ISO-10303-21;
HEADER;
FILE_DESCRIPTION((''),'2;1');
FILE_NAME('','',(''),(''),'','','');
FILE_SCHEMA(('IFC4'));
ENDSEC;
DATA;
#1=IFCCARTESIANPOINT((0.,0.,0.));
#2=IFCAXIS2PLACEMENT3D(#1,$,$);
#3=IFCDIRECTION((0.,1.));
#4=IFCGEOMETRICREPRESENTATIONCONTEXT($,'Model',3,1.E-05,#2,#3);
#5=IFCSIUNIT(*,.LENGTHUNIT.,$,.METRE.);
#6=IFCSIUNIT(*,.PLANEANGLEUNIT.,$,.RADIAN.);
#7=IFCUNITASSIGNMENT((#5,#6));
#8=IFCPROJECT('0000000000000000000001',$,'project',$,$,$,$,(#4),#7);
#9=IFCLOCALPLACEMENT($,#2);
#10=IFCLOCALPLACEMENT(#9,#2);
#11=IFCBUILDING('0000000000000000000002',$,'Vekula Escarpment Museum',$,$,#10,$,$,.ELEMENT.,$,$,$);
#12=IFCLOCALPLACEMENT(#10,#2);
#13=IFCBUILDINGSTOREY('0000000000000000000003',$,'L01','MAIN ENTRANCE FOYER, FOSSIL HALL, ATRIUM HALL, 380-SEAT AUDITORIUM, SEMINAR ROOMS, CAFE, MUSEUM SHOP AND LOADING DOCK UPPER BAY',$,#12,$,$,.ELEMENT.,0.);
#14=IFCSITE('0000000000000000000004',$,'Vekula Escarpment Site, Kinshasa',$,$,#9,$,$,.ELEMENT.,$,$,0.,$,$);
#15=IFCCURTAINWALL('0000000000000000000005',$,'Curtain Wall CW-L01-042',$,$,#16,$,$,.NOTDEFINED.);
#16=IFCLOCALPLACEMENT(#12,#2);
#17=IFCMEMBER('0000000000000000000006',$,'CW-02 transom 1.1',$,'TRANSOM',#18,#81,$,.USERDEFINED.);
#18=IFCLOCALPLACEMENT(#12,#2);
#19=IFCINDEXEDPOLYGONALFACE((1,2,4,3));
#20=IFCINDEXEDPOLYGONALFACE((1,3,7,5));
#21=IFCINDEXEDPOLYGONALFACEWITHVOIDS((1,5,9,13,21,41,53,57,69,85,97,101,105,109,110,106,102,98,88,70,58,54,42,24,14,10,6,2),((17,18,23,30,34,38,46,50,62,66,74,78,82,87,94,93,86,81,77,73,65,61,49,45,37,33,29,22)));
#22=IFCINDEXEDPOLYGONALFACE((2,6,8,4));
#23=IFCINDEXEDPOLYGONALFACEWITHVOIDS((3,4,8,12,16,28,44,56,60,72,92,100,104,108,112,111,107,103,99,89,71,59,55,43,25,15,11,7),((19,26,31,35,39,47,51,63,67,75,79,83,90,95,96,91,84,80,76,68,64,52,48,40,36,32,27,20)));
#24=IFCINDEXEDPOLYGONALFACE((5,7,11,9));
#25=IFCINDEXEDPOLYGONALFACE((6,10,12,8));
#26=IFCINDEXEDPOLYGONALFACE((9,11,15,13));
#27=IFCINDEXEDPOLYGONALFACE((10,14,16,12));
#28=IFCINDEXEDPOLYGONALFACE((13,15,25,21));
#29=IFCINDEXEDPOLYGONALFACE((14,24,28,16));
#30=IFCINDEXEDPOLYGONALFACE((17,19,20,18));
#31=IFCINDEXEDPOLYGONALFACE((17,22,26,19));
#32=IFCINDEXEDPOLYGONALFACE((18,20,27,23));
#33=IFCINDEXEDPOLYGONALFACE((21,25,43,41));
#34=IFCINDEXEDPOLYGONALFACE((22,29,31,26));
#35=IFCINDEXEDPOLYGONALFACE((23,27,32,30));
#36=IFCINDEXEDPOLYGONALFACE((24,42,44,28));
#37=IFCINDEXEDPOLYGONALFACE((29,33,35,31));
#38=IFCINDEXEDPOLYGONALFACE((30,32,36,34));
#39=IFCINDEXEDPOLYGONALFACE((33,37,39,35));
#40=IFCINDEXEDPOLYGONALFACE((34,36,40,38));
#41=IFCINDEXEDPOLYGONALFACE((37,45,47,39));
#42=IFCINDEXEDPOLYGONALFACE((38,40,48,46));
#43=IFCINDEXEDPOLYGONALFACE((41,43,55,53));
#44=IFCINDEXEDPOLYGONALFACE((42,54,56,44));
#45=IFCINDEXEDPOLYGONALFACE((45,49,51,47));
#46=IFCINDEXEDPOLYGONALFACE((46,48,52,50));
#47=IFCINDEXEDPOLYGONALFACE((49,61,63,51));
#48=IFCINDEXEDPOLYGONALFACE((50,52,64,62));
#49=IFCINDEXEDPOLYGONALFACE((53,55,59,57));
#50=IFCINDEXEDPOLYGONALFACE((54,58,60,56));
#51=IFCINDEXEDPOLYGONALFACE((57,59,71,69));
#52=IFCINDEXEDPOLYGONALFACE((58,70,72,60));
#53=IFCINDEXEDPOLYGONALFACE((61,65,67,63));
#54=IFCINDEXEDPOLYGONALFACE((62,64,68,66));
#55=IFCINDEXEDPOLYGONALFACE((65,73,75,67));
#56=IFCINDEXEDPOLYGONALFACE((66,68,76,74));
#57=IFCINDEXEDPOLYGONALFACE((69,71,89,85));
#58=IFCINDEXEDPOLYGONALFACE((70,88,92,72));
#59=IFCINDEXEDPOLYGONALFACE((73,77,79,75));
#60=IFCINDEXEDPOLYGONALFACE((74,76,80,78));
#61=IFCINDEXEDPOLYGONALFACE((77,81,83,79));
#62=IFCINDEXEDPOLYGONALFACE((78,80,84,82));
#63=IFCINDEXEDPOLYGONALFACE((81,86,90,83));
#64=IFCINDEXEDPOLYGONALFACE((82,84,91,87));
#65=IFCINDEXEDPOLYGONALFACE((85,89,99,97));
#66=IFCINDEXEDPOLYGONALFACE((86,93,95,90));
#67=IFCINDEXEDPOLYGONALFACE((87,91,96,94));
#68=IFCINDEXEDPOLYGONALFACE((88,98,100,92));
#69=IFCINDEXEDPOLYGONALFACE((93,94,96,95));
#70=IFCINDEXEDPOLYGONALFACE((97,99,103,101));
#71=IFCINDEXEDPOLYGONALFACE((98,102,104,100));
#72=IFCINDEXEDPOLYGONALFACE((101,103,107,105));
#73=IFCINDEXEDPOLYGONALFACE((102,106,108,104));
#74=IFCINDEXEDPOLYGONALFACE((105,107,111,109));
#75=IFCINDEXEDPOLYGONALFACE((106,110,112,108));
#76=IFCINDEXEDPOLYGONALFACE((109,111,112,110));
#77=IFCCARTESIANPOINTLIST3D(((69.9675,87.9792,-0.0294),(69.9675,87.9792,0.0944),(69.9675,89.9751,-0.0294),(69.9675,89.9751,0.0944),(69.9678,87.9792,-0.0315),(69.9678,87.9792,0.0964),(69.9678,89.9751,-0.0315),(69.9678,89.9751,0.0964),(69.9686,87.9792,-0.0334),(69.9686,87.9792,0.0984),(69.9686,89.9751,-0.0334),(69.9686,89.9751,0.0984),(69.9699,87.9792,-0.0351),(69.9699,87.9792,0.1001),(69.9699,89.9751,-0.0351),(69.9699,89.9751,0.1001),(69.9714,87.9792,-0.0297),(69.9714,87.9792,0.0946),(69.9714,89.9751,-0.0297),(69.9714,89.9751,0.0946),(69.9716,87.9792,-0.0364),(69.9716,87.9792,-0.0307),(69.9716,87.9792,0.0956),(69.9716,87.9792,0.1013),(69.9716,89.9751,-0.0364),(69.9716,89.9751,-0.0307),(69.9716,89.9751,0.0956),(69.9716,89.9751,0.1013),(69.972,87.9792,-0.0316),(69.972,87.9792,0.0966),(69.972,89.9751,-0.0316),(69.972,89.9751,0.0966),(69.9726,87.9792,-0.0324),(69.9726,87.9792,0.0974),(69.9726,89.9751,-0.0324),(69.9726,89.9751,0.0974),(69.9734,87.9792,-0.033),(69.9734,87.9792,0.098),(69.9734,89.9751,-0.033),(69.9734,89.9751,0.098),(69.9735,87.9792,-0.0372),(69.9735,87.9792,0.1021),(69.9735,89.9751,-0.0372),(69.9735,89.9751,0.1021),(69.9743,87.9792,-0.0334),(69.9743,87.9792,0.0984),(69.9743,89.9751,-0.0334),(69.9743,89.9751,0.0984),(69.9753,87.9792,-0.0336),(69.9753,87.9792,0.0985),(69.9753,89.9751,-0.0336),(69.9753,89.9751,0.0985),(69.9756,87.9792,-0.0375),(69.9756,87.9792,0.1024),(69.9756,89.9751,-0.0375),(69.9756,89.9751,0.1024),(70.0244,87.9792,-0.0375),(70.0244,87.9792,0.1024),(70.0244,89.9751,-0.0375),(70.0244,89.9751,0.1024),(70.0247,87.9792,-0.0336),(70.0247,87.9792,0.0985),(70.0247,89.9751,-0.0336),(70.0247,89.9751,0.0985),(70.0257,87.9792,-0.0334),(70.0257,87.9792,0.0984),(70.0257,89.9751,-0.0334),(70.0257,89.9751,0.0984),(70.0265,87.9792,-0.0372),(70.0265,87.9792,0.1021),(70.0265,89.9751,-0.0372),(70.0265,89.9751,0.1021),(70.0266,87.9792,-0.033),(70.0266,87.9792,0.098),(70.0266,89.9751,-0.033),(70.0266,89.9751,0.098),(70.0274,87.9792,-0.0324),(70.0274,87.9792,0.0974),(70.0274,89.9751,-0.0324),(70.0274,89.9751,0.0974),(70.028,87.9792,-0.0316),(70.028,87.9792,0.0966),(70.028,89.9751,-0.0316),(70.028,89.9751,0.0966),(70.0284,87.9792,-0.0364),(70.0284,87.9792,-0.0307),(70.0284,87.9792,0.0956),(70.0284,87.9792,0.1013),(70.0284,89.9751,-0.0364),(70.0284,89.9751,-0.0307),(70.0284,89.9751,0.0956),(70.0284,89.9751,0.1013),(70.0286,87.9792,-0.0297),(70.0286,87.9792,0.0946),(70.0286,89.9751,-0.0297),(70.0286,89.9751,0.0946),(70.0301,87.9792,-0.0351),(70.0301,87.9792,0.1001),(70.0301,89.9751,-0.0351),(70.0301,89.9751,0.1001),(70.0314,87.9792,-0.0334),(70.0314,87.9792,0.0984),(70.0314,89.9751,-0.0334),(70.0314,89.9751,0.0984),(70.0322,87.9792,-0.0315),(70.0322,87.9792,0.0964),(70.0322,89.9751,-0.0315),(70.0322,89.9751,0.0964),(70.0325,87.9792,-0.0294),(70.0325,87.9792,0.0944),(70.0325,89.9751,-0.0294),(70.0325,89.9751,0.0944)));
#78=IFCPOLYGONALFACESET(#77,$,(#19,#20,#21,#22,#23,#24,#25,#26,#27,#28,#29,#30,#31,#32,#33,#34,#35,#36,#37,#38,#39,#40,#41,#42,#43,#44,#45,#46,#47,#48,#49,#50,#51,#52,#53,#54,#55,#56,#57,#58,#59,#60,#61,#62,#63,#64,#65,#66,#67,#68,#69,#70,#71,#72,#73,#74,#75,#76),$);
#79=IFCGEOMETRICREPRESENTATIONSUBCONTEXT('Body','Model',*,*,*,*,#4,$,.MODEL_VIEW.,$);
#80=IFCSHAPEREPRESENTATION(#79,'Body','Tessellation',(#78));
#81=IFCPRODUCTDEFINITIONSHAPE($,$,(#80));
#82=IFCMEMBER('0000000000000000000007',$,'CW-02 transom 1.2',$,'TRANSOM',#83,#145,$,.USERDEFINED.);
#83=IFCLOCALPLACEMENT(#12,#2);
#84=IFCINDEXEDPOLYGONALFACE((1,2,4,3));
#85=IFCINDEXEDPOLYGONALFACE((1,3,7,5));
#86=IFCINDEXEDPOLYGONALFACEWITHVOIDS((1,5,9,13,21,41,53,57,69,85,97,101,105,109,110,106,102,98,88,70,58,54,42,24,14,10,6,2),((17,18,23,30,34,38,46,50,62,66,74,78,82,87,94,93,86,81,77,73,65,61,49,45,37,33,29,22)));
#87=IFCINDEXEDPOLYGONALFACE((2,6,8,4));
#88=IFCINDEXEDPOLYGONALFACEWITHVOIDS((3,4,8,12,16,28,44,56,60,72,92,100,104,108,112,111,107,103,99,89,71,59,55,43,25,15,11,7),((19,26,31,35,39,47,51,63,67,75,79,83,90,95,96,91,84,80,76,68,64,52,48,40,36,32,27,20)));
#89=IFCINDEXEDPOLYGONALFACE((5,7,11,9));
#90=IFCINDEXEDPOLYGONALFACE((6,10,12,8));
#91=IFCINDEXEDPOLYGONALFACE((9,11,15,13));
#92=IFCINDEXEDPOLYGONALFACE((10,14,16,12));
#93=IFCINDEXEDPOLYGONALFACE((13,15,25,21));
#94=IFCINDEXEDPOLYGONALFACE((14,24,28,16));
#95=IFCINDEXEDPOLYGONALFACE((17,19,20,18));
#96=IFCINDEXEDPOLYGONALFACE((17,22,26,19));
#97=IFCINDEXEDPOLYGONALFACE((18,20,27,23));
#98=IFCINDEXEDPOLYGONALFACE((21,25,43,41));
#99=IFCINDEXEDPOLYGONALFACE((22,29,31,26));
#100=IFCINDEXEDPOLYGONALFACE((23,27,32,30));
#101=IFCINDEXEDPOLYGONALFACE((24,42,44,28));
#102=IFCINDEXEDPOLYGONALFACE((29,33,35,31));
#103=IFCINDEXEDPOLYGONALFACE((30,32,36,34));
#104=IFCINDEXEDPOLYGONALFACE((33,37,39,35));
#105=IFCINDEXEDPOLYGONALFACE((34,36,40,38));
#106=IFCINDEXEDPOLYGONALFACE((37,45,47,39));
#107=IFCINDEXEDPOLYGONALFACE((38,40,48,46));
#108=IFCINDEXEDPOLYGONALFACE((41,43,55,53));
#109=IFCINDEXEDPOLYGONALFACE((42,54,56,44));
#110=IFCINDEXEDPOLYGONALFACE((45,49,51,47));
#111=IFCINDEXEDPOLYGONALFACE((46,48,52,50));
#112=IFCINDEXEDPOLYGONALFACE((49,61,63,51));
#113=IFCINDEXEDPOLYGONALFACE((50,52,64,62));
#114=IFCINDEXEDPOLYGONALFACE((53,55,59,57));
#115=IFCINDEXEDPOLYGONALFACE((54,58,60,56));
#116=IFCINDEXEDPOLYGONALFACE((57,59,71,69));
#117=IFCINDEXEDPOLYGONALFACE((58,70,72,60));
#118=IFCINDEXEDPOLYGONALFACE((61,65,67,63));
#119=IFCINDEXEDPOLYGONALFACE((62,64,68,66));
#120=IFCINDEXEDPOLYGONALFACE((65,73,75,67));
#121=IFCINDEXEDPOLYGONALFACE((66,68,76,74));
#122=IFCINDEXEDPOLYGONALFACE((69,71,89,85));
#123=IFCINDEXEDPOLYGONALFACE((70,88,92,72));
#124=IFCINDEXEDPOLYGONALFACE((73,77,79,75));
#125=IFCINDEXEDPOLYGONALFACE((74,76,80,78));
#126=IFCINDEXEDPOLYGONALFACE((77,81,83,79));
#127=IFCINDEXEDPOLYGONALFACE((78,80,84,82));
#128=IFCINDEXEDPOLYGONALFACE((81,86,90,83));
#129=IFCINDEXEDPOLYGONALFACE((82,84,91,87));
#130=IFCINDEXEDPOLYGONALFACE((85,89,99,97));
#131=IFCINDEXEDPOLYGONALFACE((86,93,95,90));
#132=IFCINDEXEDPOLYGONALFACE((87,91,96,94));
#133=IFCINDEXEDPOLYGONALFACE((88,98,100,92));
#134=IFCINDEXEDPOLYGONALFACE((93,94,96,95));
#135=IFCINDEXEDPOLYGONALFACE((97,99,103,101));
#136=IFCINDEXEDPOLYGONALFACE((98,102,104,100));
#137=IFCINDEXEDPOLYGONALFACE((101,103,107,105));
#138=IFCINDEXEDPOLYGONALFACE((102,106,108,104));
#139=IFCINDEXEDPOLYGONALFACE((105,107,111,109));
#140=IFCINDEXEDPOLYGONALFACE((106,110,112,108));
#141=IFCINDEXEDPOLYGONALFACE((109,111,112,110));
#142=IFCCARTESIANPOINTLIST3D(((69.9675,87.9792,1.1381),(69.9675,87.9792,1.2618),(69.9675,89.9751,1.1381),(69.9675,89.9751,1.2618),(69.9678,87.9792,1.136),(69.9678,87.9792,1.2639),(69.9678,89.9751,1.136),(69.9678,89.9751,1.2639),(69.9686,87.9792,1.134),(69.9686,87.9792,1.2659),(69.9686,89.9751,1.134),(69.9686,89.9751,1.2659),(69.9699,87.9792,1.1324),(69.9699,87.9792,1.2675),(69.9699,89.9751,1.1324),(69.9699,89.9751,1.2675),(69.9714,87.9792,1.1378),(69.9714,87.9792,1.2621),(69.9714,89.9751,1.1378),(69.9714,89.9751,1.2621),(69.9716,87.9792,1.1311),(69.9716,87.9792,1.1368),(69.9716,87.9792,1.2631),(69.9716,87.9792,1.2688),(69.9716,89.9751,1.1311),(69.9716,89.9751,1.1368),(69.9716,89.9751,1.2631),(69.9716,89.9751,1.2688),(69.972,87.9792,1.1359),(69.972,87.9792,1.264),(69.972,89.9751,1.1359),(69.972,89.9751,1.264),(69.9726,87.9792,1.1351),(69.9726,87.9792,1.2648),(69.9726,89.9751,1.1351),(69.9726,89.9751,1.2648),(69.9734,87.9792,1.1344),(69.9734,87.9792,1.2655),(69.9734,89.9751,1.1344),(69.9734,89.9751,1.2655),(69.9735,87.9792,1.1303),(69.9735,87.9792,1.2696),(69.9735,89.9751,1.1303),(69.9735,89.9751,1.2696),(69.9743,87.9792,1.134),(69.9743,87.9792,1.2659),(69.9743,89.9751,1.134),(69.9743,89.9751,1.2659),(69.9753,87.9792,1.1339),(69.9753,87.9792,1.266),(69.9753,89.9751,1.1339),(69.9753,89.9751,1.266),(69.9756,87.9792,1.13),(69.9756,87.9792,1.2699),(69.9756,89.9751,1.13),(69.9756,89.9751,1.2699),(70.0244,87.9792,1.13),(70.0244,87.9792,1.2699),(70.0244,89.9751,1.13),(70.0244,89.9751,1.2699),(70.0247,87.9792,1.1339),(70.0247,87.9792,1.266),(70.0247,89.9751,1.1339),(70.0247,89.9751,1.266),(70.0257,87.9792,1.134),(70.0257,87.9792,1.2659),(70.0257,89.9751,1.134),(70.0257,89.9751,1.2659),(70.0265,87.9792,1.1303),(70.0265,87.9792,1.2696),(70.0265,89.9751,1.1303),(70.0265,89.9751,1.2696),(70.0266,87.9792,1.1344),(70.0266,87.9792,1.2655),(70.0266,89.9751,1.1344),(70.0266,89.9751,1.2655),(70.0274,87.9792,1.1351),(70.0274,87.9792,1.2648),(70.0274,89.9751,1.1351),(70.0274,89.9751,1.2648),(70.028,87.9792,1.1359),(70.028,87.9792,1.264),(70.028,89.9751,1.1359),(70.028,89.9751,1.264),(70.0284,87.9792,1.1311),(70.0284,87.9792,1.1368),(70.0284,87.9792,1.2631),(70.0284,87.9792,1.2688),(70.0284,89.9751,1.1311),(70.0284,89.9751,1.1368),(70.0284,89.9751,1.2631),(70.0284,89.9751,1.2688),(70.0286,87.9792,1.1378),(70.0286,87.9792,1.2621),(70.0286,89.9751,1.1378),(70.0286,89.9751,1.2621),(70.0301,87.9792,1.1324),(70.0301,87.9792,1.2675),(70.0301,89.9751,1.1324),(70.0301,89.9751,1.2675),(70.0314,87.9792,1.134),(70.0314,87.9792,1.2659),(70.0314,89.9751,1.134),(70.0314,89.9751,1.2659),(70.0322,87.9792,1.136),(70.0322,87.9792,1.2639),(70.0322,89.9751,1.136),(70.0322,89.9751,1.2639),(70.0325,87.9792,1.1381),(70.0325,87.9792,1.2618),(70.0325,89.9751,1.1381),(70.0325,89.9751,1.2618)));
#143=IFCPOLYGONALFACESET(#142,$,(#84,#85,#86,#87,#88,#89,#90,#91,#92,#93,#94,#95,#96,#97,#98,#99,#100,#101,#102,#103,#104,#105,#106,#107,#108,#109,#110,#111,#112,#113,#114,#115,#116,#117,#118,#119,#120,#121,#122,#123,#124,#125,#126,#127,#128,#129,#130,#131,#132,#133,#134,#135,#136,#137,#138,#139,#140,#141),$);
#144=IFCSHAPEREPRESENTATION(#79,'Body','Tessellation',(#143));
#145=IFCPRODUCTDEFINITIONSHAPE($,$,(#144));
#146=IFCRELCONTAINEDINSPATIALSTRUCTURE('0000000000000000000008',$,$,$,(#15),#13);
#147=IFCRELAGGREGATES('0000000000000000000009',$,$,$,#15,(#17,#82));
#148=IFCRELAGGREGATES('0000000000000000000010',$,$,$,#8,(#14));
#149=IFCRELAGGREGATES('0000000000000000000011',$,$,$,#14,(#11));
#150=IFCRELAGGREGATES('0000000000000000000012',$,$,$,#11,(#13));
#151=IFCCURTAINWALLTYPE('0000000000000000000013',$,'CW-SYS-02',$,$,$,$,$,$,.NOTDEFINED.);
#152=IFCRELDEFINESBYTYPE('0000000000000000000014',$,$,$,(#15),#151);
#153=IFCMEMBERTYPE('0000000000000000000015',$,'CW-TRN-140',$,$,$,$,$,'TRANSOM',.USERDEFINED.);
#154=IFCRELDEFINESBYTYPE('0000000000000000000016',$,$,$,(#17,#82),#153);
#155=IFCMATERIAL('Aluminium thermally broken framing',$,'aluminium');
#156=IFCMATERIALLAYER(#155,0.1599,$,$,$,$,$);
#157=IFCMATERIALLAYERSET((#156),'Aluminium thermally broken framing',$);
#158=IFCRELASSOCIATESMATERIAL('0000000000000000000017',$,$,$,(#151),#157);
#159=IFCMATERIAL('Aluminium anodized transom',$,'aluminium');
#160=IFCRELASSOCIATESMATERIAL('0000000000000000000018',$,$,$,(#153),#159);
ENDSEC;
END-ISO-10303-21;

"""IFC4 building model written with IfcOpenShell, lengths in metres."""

from ifc_helpers import new_model, si_unit, direction, frame, origin, origin_2d, place, context, subcontext, project, spatial, hollow_rectangle, extrude, material, layer, layer_set, material_profile, profile_set, type_object, element, aggregate, save


model = new_model("IFC4")

# Units and contexts
model_context = context("Model", 3, precision=1e-05, world=origin(), true_north=direction((0.0, 1.0)))
body_context = subcontext(model_context, "Body", "Model", "MODEL_VIEW")
ifc_project = project(units=[si_unit("LENGTHUNIT", "METRE"), si_unit("PLANEANGLEUNIT", "RADIAN")], contexts=[model_context])

# Site, building, storey
site_placement = place(None, origin())
site = spatial("IfcSite", under=ifc_project, at=site_placement, Name="Vekula Escarpment Site, Kinshasa", CompositionType="ELEMENT", RefElevation=0.0)
building_placement = place(site_placement, origin())
building = spatial("IfcBuilding", under=site, at=building_placement, Name="Vekula Escarpment Museum", CompositionType="ELEMENT")
storey_placement = place(building_placement, origin())
storey = spatial("IfcBuildingStorey", under=building, at=storey_placement, Name="L01", Description="MAIN ENTRANCE FOYER, FOSSIL HALL, ATRIUM HALL, 380-SEAT AUDITORIUM, SEMINAR ROOMS, CAFE, MUSEUM SHOP AND LOADING DOCK UPPER BAY", CompositionType="ELEMENT", Elevation=0.0)

# Curtain wall, members
ifc_material_1 = material(Name="Aluminium thermally broken framing", Category="aluminium")
ifc_layer_1 = layer(ifc_material_1, 0.1599)
ifc_layer_set_1 = layer_set([ifc_layer_1], Name="Aluminium thermally broken framing")
curtain_wall_type = type_object("IfcCurtainWallType", Name="CW-SYS-02", PredefinedType="NOTDEFINED", material=ifc_layer_set_1)
curtain_wall_placement = place(storey_placement, origin())
curtain_wall = element("IfcCurtainWall", 1, at=curtain_wall_placement, inside=storey, type_object=curtain_wall_type, Name="Curtain Wall CW-L01-042", PredefinedType="NOTDEFINED")
ifc_material_2 = material(Name="Aluminium anodized transom", Category="aluminium")
ifc_material_profile_1 = material_profile(ifc_material_2, hollow_rectangle(XDim=0.0649, YDim=0.1399, WallThickness=0.0039, InnerFilletRadius=0.0039, OuterFilletRadius=0.0081, at=origin_2d()), Name="ALU 140x65x4")
ifc_profile_set_1 = profile_set([ifc_material_profile_1], Name="Aluminium anodized transom")
member_type_1 = type_object("IfcMemberType", Name="CW-TRN-140", ElementType="TRANSOM", PredefinedType="USERDEFINED", material=ifc_profile_set_1)
member_1_placement = place(storey_placement, frame((70.0, 89.9751, 0.0325), z_axis=(0.0, -1.0, 0.0), x_axis=(1.0, 0.0, 0.0)))
member_1 = element("IfcMember", 2, at=member_1_placement, type_object=member_type_1, Name="CW-02 transom 1.1", ObjectType="TRANSOM", PredefinedType="USERDEFINED", context=body_context, shape_type="SweptSolid", body=[
    extrude(hollow_rectangle(XDim=0.0649, YDim=0.1399, WallThickness=0.0039, InnerFilletRadius=0.0039, OuterFilletRadius=0.0081, at=origin_2d()), origin(), (0.0, 0.0, 1.0), 1.9958),
])
member_2_placement = place(storey_placement, frame((70.0, 89.9751, 1.2), z_axis=(0.0, -1.0, 0.0), x_axis=(1.0, 0.0, 0.0)))
member_2 = element("IfcMember", 3, at=member_2_placement, type_object=member_type_1, Name="CW-02 transom 1.2", ObjectType="TRANSOM", PredefinedType="USERDEFINED", context=body_context, shape_type="SweptSolid", body=[
    extrude(hollow_rectangle(XDim=0.0649, YDim=0.1399, WallThickness=0.0039, InnerFilletRadius=0.0039, OuterFilletRadius=0.0081, at=origin_2d()), origin(), (0.0, 0.0, 1.0), 1.9958),
])

aggregate(curtain_wall, [member_1, member_2])

save(model, "model.ifc")
